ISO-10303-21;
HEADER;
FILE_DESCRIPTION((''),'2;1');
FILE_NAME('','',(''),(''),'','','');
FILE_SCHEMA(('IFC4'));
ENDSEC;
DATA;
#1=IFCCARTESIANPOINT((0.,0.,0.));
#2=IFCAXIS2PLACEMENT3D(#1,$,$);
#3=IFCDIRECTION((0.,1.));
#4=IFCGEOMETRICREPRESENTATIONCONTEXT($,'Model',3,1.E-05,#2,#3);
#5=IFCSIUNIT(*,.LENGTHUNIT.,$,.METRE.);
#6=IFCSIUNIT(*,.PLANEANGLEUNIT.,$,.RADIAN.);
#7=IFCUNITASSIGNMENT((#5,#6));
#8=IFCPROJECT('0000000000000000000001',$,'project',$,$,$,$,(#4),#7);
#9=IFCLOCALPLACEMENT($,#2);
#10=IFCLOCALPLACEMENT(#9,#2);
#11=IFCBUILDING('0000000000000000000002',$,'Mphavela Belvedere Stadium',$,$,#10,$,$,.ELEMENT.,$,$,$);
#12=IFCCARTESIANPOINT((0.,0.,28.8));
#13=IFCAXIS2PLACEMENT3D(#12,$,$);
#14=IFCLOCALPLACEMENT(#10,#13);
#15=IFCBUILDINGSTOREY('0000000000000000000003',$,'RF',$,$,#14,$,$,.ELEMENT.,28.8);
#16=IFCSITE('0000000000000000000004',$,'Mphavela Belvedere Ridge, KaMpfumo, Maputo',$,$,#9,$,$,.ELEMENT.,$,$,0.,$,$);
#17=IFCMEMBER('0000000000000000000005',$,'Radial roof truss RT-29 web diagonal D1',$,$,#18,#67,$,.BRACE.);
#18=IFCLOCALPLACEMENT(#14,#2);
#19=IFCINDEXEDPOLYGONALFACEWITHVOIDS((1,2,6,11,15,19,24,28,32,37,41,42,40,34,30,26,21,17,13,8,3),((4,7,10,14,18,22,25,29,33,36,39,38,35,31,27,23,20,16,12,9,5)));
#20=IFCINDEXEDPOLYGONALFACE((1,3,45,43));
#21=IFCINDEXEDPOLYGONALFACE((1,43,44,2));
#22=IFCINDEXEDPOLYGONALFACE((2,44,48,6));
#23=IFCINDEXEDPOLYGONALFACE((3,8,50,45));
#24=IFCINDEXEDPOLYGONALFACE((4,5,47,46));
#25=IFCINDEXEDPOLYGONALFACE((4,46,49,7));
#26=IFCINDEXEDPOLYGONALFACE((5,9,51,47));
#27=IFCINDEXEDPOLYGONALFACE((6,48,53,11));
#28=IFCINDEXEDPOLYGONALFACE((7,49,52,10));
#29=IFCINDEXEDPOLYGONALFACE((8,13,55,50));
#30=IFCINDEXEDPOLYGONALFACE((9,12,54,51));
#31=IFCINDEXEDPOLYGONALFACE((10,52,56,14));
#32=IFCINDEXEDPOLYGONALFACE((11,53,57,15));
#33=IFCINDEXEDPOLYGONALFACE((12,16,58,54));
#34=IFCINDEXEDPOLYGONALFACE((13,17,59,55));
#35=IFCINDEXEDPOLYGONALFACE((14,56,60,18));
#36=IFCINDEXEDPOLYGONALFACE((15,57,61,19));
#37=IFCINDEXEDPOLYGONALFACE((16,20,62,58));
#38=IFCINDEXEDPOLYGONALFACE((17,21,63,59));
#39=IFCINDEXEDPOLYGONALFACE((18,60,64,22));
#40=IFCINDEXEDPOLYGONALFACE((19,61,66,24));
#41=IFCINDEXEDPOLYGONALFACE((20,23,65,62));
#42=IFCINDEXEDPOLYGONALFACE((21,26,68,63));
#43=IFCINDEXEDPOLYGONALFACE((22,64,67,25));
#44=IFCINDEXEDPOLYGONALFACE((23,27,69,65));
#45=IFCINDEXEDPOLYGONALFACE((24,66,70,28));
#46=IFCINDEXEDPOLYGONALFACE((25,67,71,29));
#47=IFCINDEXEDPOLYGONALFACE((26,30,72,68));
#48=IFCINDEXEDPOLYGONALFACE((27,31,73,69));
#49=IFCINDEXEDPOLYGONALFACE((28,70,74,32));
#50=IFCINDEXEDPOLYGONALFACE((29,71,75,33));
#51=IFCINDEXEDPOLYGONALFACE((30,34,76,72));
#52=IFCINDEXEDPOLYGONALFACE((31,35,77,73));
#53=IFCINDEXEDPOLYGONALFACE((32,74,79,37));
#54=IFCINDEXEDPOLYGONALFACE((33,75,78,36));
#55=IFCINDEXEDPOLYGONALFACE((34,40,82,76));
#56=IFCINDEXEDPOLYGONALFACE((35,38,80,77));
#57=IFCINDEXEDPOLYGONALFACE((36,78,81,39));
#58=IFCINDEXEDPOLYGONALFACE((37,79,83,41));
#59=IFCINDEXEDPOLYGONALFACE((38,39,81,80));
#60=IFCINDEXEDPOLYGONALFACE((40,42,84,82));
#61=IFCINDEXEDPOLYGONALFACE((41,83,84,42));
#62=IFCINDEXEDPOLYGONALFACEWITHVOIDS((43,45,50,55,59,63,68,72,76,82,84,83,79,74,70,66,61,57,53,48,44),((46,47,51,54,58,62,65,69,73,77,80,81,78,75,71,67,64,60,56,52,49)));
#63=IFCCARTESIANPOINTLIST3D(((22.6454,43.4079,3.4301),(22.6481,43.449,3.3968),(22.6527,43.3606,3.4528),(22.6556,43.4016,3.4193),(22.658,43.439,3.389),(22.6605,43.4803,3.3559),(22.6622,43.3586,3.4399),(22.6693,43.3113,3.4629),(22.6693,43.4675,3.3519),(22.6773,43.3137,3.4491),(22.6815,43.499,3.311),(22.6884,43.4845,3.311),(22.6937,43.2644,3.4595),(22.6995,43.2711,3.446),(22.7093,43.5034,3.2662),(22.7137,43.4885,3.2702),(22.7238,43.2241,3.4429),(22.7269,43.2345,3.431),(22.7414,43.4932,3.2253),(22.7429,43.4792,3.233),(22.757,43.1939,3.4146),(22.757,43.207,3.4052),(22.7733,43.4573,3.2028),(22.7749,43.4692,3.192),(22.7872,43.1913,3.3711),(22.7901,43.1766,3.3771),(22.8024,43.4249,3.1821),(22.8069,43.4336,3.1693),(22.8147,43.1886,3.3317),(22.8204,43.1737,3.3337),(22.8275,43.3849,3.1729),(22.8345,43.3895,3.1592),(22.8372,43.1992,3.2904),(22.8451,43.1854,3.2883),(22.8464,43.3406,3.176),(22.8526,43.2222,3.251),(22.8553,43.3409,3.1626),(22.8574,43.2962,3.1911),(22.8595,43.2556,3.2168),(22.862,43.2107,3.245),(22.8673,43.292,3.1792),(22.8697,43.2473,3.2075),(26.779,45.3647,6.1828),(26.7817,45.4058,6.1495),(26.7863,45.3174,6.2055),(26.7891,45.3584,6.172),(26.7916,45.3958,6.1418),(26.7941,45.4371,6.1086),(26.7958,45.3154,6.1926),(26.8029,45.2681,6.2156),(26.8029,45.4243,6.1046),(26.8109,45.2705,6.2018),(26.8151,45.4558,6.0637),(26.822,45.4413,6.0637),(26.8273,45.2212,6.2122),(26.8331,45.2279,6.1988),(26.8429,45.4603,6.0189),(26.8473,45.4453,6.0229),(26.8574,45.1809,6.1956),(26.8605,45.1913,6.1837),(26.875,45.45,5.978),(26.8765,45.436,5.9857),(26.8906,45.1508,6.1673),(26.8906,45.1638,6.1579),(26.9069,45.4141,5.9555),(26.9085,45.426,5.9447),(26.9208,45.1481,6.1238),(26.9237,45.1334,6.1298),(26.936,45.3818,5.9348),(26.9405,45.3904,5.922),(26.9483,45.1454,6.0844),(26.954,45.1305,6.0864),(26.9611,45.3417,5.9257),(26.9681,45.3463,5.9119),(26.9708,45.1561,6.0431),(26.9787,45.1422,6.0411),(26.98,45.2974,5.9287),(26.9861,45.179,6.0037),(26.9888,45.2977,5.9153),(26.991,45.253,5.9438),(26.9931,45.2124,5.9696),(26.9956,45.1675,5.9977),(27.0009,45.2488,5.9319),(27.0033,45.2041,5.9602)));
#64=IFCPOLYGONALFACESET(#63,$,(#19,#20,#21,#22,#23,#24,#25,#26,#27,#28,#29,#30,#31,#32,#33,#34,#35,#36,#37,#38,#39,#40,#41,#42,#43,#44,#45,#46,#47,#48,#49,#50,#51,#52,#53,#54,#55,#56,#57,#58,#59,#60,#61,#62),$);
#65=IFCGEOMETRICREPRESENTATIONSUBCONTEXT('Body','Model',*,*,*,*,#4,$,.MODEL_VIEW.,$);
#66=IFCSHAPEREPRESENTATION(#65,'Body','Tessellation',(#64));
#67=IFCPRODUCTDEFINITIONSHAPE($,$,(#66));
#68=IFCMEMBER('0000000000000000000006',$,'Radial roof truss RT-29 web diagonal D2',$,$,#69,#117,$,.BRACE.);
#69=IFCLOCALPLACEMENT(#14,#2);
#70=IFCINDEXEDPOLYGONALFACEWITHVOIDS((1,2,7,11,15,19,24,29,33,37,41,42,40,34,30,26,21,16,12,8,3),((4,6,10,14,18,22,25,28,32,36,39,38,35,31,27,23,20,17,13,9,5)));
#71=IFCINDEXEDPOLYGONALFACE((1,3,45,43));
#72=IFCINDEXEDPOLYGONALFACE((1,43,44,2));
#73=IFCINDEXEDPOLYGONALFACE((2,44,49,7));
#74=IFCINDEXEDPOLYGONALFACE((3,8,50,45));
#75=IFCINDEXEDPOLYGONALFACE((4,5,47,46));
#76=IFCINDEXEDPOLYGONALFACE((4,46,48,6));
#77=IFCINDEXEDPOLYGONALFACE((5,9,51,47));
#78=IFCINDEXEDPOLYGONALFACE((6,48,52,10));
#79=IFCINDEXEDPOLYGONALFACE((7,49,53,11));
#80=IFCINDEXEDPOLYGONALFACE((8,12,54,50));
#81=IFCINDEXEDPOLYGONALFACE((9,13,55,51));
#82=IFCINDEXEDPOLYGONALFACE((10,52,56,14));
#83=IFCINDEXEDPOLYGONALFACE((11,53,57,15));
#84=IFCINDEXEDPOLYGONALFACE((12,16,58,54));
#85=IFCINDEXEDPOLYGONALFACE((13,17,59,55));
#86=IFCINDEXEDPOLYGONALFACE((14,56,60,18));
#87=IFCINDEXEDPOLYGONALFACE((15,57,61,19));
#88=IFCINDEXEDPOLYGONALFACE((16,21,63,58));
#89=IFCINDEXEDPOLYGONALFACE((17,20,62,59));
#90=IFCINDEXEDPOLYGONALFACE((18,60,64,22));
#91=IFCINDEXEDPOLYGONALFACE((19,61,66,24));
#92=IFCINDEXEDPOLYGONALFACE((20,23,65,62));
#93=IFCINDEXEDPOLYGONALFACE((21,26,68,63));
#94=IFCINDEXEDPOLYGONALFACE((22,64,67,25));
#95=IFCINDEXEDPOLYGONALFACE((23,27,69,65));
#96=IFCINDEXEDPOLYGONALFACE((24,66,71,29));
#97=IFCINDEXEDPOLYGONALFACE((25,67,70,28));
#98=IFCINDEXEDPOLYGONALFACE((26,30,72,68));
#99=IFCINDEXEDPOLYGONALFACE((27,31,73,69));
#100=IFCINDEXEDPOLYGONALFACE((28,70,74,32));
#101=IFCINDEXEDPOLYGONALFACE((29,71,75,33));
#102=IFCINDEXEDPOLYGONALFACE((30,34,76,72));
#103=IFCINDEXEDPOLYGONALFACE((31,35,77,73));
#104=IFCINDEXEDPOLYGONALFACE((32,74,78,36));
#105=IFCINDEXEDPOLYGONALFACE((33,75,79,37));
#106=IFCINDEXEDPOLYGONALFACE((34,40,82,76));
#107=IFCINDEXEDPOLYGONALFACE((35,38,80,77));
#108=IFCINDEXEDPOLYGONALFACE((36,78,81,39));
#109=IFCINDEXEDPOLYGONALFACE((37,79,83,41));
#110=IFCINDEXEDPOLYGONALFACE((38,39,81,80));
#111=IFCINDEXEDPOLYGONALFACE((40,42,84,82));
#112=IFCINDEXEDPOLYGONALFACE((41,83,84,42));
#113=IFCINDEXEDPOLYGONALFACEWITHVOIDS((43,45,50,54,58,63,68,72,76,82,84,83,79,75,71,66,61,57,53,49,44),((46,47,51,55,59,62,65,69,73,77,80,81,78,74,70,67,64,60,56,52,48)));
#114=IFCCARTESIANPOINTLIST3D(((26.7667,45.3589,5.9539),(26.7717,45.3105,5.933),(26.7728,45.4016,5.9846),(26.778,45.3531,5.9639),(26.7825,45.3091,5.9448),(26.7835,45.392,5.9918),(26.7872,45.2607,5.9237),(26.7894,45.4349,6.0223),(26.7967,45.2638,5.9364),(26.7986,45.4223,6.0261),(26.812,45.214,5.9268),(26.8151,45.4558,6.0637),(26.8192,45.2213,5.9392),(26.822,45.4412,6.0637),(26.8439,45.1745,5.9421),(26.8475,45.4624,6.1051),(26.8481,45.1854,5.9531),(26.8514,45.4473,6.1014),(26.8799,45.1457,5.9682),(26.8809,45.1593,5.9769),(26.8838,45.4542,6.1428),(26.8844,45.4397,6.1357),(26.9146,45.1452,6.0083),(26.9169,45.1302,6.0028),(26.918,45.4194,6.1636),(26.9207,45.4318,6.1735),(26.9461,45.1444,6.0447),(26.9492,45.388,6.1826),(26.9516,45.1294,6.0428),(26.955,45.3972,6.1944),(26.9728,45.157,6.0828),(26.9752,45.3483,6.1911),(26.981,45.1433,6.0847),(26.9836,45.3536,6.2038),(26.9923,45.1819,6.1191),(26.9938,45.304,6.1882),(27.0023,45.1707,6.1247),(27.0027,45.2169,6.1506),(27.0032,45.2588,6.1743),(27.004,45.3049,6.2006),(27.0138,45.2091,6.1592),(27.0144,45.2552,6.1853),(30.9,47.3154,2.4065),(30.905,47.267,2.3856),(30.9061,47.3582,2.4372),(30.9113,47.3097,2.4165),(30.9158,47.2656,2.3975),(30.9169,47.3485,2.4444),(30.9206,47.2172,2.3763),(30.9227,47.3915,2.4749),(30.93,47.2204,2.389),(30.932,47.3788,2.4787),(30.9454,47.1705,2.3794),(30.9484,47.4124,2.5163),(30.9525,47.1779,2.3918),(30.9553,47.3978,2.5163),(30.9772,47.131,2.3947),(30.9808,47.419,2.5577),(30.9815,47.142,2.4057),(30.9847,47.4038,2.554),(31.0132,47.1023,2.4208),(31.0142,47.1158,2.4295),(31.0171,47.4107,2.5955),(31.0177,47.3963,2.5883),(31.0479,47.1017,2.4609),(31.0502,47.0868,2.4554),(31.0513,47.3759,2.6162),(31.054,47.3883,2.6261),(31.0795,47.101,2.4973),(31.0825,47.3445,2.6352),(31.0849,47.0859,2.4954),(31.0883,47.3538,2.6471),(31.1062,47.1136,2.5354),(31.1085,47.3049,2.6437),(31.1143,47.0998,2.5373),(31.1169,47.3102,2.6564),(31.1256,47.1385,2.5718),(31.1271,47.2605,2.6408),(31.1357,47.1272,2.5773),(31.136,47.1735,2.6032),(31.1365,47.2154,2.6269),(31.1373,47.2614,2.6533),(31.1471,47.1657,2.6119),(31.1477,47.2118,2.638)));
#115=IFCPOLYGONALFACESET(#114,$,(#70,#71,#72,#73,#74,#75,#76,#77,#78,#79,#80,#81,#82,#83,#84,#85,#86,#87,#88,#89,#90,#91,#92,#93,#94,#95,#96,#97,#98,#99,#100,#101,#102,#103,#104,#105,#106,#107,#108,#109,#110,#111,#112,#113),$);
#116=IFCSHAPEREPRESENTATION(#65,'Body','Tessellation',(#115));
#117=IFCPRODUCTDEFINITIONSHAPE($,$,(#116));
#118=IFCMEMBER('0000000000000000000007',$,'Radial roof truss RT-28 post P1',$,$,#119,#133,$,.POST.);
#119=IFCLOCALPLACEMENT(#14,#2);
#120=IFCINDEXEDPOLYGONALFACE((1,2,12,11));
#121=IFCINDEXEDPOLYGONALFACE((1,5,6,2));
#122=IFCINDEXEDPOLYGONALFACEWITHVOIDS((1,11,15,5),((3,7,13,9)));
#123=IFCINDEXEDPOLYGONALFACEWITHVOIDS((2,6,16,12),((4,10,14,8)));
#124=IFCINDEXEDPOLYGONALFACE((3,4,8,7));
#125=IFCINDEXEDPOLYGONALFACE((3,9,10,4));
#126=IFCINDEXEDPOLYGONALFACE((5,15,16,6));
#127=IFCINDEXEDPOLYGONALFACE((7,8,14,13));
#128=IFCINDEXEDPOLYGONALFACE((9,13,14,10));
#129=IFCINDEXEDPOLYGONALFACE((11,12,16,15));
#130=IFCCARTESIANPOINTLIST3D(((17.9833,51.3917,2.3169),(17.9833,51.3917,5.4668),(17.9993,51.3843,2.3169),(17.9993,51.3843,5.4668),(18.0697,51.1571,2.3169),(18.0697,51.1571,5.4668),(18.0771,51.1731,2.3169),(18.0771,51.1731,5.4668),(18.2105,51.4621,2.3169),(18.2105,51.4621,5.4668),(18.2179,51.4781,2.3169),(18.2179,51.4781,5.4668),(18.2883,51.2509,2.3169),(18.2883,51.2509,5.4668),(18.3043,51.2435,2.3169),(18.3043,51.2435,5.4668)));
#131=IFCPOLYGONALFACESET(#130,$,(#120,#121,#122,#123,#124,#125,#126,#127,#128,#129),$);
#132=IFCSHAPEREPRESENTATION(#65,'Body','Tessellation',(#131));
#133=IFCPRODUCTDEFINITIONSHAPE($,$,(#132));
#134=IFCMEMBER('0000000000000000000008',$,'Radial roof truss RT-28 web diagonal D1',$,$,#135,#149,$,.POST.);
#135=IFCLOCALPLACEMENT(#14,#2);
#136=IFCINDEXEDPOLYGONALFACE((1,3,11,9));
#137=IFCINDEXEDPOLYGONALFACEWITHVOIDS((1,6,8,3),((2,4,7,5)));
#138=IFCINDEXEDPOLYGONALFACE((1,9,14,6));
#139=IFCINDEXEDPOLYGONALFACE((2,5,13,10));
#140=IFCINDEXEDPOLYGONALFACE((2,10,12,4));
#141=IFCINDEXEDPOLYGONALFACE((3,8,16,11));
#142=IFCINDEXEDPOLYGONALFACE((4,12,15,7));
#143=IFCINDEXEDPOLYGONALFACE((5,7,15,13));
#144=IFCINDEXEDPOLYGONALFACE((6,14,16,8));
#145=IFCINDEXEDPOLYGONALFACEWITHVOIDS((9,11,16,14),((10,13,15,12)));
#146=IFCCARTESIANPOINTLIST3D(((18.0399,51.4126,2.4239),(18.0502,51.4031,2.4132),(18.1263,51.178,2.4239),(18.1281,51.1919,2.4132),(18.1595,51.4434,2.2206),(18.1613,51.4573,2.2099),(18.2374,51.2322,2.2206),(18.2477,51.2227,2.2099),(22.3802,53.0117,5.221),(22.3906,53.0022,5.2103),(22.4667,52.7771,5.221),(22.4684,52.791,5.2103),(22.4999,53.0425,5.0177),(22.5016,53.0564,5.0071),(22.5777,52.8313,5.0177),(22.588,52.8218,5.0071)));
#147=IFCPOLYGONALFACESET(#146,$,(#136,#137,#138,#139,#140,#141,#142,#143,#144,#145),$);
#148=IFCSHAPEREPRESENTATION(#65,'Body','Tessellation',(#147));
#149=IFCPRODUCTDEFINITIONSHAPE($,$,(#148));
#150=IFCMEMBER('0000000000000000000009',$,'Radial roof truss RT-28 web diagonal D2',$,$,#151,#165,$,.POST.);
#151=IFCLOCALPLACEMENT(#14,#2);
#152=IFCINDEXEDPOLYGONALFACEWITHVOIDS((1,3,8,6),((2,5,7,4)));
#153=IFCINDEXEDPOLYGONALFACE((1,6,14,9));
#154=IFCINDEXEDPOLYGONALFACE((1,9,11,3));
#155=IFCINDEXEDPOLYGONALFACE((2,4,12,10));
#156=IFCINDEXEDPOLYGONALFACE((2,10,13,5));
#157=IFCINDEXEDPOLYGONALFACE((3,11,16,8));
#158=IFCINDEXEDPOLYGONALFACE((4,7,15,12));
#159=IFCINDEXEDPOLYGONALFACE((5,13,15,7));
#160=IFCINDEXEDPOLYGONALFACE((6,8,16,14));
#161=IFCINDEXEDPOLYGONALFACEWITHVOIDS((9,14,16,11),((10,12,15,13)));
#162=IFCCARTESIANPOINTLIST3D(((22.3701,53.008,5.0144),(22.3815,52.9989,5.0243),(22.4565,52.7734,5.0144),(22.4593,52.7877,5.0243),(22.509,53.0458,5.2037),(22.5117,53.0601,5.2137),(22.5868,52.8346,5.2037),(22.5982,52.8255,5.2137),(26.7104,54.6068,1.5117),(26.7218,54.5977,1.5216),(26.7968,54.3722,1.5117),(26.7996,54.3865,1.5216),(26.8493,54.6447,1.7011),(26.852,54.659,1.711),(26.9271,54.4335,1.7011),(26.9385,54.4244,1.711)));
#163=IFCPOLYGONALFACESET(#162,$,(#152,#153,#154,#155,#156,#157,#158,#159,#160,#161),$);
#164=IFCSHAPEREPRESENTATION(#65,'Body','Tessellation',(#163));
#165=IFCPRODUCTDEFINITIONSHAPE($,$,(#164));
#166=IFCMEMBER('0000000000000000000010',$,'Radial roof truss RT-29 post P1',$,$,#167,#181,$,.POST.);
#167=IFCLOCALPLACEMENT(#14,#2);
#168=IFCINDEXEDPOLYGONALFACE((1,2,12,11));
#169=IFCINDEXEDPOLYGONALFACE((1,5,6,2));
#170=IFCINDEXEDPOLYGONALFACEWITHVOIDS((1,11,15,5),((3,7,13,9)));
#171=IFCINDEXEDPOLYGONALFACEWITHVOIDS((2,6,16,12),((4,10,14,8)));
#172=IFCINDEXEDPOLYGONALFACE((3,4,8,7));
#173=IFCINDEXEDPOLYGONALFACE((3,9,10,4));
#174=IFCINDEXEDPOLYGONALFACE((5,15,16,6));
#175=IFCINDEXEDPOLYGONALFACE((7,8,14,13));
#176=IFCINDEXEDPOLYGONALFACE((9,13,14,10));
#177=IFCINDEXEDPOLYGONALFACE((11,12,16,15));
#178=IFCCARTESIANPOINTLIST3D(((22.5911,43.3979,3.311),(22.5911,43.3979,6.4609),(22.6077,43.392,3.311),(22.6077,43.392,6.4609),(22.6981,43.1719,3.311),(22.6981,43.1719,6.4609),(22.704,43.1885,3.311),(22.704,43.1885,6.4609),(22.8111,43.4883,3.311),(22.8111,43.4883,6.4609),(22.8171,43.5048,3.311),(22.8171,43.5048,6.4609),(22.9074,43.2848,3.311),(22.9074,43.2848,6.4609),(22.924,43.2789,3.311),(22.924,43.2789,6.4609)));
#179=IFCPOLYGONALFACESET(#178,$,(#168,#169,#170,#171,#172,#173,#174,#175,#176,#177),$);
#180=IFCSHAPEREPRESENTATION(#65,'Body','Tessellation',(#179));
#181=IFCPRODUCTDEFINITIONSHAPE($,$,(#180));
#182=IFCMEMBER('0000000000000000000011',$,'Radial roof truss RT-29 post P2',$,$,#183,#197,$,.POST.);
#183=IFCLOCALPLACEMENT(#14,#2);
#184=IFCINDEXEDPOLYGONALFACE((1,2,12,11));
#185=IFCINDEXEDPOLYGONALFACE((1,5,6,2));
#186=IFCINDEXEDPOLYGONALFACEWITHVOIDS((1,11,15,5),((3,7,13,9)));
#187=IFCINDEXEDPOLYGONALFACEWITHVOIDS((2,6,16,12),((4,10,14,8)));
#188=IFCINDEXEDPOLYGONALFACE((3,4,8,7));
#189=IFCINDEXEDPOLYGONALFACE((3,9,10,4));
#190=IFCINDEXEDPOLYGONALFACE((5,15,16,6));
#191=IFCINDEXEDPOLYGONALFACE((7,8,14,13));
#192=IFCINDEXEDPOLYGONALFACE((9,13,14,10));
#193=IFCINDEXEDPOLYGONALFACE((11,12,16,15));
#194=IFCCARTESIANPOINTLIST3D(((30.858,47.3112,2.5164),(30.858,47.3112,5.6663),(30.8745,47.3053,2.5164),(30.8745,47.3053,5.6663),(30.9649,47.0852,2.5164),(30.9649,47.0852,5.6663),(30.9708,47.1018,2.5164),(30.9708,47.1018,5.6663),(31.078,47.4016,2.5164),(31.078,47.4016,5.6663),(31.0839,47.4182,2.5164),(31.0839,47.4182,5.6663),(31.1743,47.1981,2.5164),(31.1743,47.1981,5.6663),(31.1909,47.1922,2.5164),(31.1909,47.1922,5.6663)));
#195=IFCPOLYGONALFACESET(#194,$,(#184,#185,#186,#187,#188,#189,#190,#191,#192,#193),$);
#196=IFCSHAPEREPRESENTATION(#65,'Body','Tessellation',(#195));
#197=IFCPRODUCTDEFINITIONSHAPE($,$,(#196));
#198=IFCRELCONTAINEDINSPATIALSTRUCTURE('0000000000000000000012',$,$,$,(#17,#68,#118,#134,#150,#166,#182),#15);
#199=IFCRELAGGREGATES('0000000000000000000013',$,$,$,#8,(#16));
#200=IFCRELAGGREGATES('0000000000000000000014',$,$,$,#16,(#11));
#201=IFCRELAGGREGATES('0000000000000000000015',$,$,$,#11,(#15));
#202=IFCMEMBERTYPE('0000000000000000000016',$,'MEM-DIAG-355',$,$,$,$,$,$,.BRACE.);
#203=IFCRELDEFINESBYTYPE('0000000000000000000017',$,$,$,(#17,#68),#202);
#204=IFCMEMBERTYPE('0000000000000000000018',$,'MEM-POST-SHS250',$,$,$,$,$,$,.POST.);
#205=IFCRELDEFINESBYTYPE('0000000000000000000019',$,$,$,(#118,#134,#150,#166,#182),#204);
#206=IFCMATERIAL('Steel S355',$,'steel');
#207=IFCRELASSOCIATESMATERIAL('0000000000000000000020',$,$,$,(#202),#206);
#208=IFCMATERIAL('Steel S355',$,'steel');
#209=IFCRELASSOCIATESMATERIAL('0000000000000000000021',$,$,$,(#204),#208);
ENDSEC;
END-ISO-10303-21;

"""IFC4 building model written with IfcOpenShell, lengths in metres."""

from ifc_helpers import new_model, si_unit, direction, frame, origin, origin_2d, place, context, subcontext, project, spatial, hollow_rectangle, hollow_circle, extrude, material, material_profile, profile_set, type_object, element, save


model = new_model("IFC4")

# Units and contexts
model_context = context("Model", 3, precision=1e-05, world=origin(), true_north=direction((0.0, 1.0)))
body_context = subcontext(model_context, "Body", "Model", "MODEL_VIEW")
ifc_project = project(units=[si_unit("LENGTHUNIT", "METRE"), si_unit("PLANEANGLEUNIT", "RADIAN")], contexts=[model_context])

# Site, building, storey
site_placement = place(None, origin())
site = spatial("IfcSite", under=ifc_project, at=site_placement, Name="Mphavela Belvedere Ridge, KaMpfumo, Maputo", CompositionType="ELEMENT", RefElevation=0.0)
building_placement = place(site_placement, origin())
building = spatial("IfcBuilding", under=site, at=building_placement, Name="Mphavela Belvedere Stadium", CompositionType="ELEMENT")
storey_placement = place(building_placement, frame((0.0, 0.0, 28.8)))
storey = spatial("IfcBuildingStorey", under=building, at=storey_placement, Name="RF", CompositionType="ELEMENT", Elevation=28.8)

# Members
ifc_material_1 = material(Name="Steel S355", Category="steel")
ifc_material_profile_1 = material_profile(ifc_material_1, hollow_circle(Radius=0.1777, WallThickness=0.0161, at=origin_2d()), Name="CHS 355.6x16")
ifc_profile_set_1 = profile_set([ifc_material_profile_1], Name="Steel S355")
member_type_1 = type_object("IfcMemberType", Name="MEM-DIAG-355", PredefinedType="BRACE", material=ifc_profile_set_1)
member_1_placement = place(storey_placement, frame((22.7576, 43.3384, 3.311), z_axis=(0.774386, 0.366588, 0.515693), x_axis=(-0.427871, 0.90384, 0.0)))
element("IfcMember", 1, at=member_1_placement, inside=storey, type_object=member_type_1, Name="Radial roof truss RT-29 web diagonal D1", PredefinedType="BRACE", context=body_context, shape_type="SweptSolid", body=[
    extrude(hollow_circle(Radius=0.1777, WallThickness=0.0161, at=origin_2d()), origin(), (0.0, 0.0, 1.0), 5.3379),
])
member_2_placement = place(storey_placement, frame((26.8911, 45.2952, 6.0637), z_axis=(0.714168, 0.338059, -0.612927), x_axis=(-0.427848, 0.903851, 0.0)))
element("IfcMember", 2, at=member_2_placement, inside=storey, type_object=member_type_1, Name="Radial roof truss RT-29 web diagonal D2", PredefinedType="BRACE", context=body_context, shape_type="SweptSolid", body=[
    extrude(hollow_circle(Radius=0.1777, WallThickness=0.0161, at=origin_2d()), origin(), (0.0, 0.0, 1.0), 5.7876),
])
ifc_material_2 = material(Name="Steel S355", Category="steel")
ifc_material_profile_2 = material_profile(ifc_material_2, hollow_rectangle(XDim=0.25, YDim=0.25, WallThickness=0.0125, at=origin_2d()), Name="SHS 250x250x12.5")
ifc_profile_set_2 = profile_set([ifc_material_profile_2], Name="Steel S355")
member_type_2 = type_object("IfcMemberType", Name="MEM-POST-SHS250", PredefinedType="POST", material=ifc_profile_set_2)
member_3_placement = place(storey_placement, frame((18.1438, 51.3176, 2.3169), z_axis=(0.0, 0.0, 1.0), x_axis=(-0.938372, -0.345626, 0.0)))
element("IfcMember", 3, at=member_3_placement, inside=storey, type_object=member_type_2, Name="Radial roof truss RT-28 post P1", PredefinedType="POST", context=body_context, shape_type="SweptSolid", body=[
    extrude(hollow_rectangle(XDim=0.25, YDim=0.25, WallThickness=0.0125, at=origin_2d()), origin(), (0.0, 0.0, 1.0), 3.1499),
])
member_4_placement = place(storey_placement, frame((18.1438, 51.3176, 2.3169), z_axis=(0.802946, 0.295832, 0.517457), x_axis=(-0.345715, 0.93834, 0.0)))
element("IfcMember", 4, at=member_4_placement, inside=storey, type_object=member_type_2, Name="Radial roof truss RT-28 web diagonal D1", PredefinedType="POST", context=body_context, shape_type="SweptSolid", body=[
    extrude(hollow_rectangle(XDim=0.25, YDim=0.25, WallThickness=0.0125, at=origin_2d()), origin(), (0.0, 0.0, 1.0), 5.4055),
])
member_5_placement = place(storey_placement, frame((22.4841, 52.9167, 5.114), z_axis=(0.74807, 0.275571, -0.603699), x_axis=(-0.345669, 0.938357, 0.0)))
element("IfcMember", 5, at=member_5_placement, inside=storey, type_object=member_type_2, Name="Radial roof truss RT-28 web diagonal D2", PredefinedType="POST", context=body_context, shape_type="SweptSolid", body=[
    extrude(hollow_rectangle(XDim=0.25, YDim=0.25, WallThickness=0.0125, at=origin_2d()), origin(), (0.0, 0.0, 1.0), 5.802),
])
for number, where, z_axis, x_axis, name in (
    (6, (22.7576, 43.3384, 3.311), (0.0, 0.0, 1.0), (-0.903859, -0.427831, 0.0), "Radial roof truss RT-29 post P1"),
    (7, (31.0244, 47.2517, 2.5164), (0.0, 0.0, 1.0), (-0.903859, -0.427831, 0.0), "Radial roof truss RT-29 post P2"),
):
    element("IfcMember", number, at=place(storey_placement, frame(where, z_axis=z_axis, x_axis=x_axis)), inside=storey, type_object=member_type_2, Name=name, PredefinedType="POST", context=body_context, shape_type="SweptSolid", body=[
        extrude(hollow_rectangle(XDim=0.25, YDim=0.25, WallThickness=0.0125, at=origin_2d()), origin(), (0.0, 0.0, 1.0), 3.1499),
    ])

save(model, "model.ifc")
